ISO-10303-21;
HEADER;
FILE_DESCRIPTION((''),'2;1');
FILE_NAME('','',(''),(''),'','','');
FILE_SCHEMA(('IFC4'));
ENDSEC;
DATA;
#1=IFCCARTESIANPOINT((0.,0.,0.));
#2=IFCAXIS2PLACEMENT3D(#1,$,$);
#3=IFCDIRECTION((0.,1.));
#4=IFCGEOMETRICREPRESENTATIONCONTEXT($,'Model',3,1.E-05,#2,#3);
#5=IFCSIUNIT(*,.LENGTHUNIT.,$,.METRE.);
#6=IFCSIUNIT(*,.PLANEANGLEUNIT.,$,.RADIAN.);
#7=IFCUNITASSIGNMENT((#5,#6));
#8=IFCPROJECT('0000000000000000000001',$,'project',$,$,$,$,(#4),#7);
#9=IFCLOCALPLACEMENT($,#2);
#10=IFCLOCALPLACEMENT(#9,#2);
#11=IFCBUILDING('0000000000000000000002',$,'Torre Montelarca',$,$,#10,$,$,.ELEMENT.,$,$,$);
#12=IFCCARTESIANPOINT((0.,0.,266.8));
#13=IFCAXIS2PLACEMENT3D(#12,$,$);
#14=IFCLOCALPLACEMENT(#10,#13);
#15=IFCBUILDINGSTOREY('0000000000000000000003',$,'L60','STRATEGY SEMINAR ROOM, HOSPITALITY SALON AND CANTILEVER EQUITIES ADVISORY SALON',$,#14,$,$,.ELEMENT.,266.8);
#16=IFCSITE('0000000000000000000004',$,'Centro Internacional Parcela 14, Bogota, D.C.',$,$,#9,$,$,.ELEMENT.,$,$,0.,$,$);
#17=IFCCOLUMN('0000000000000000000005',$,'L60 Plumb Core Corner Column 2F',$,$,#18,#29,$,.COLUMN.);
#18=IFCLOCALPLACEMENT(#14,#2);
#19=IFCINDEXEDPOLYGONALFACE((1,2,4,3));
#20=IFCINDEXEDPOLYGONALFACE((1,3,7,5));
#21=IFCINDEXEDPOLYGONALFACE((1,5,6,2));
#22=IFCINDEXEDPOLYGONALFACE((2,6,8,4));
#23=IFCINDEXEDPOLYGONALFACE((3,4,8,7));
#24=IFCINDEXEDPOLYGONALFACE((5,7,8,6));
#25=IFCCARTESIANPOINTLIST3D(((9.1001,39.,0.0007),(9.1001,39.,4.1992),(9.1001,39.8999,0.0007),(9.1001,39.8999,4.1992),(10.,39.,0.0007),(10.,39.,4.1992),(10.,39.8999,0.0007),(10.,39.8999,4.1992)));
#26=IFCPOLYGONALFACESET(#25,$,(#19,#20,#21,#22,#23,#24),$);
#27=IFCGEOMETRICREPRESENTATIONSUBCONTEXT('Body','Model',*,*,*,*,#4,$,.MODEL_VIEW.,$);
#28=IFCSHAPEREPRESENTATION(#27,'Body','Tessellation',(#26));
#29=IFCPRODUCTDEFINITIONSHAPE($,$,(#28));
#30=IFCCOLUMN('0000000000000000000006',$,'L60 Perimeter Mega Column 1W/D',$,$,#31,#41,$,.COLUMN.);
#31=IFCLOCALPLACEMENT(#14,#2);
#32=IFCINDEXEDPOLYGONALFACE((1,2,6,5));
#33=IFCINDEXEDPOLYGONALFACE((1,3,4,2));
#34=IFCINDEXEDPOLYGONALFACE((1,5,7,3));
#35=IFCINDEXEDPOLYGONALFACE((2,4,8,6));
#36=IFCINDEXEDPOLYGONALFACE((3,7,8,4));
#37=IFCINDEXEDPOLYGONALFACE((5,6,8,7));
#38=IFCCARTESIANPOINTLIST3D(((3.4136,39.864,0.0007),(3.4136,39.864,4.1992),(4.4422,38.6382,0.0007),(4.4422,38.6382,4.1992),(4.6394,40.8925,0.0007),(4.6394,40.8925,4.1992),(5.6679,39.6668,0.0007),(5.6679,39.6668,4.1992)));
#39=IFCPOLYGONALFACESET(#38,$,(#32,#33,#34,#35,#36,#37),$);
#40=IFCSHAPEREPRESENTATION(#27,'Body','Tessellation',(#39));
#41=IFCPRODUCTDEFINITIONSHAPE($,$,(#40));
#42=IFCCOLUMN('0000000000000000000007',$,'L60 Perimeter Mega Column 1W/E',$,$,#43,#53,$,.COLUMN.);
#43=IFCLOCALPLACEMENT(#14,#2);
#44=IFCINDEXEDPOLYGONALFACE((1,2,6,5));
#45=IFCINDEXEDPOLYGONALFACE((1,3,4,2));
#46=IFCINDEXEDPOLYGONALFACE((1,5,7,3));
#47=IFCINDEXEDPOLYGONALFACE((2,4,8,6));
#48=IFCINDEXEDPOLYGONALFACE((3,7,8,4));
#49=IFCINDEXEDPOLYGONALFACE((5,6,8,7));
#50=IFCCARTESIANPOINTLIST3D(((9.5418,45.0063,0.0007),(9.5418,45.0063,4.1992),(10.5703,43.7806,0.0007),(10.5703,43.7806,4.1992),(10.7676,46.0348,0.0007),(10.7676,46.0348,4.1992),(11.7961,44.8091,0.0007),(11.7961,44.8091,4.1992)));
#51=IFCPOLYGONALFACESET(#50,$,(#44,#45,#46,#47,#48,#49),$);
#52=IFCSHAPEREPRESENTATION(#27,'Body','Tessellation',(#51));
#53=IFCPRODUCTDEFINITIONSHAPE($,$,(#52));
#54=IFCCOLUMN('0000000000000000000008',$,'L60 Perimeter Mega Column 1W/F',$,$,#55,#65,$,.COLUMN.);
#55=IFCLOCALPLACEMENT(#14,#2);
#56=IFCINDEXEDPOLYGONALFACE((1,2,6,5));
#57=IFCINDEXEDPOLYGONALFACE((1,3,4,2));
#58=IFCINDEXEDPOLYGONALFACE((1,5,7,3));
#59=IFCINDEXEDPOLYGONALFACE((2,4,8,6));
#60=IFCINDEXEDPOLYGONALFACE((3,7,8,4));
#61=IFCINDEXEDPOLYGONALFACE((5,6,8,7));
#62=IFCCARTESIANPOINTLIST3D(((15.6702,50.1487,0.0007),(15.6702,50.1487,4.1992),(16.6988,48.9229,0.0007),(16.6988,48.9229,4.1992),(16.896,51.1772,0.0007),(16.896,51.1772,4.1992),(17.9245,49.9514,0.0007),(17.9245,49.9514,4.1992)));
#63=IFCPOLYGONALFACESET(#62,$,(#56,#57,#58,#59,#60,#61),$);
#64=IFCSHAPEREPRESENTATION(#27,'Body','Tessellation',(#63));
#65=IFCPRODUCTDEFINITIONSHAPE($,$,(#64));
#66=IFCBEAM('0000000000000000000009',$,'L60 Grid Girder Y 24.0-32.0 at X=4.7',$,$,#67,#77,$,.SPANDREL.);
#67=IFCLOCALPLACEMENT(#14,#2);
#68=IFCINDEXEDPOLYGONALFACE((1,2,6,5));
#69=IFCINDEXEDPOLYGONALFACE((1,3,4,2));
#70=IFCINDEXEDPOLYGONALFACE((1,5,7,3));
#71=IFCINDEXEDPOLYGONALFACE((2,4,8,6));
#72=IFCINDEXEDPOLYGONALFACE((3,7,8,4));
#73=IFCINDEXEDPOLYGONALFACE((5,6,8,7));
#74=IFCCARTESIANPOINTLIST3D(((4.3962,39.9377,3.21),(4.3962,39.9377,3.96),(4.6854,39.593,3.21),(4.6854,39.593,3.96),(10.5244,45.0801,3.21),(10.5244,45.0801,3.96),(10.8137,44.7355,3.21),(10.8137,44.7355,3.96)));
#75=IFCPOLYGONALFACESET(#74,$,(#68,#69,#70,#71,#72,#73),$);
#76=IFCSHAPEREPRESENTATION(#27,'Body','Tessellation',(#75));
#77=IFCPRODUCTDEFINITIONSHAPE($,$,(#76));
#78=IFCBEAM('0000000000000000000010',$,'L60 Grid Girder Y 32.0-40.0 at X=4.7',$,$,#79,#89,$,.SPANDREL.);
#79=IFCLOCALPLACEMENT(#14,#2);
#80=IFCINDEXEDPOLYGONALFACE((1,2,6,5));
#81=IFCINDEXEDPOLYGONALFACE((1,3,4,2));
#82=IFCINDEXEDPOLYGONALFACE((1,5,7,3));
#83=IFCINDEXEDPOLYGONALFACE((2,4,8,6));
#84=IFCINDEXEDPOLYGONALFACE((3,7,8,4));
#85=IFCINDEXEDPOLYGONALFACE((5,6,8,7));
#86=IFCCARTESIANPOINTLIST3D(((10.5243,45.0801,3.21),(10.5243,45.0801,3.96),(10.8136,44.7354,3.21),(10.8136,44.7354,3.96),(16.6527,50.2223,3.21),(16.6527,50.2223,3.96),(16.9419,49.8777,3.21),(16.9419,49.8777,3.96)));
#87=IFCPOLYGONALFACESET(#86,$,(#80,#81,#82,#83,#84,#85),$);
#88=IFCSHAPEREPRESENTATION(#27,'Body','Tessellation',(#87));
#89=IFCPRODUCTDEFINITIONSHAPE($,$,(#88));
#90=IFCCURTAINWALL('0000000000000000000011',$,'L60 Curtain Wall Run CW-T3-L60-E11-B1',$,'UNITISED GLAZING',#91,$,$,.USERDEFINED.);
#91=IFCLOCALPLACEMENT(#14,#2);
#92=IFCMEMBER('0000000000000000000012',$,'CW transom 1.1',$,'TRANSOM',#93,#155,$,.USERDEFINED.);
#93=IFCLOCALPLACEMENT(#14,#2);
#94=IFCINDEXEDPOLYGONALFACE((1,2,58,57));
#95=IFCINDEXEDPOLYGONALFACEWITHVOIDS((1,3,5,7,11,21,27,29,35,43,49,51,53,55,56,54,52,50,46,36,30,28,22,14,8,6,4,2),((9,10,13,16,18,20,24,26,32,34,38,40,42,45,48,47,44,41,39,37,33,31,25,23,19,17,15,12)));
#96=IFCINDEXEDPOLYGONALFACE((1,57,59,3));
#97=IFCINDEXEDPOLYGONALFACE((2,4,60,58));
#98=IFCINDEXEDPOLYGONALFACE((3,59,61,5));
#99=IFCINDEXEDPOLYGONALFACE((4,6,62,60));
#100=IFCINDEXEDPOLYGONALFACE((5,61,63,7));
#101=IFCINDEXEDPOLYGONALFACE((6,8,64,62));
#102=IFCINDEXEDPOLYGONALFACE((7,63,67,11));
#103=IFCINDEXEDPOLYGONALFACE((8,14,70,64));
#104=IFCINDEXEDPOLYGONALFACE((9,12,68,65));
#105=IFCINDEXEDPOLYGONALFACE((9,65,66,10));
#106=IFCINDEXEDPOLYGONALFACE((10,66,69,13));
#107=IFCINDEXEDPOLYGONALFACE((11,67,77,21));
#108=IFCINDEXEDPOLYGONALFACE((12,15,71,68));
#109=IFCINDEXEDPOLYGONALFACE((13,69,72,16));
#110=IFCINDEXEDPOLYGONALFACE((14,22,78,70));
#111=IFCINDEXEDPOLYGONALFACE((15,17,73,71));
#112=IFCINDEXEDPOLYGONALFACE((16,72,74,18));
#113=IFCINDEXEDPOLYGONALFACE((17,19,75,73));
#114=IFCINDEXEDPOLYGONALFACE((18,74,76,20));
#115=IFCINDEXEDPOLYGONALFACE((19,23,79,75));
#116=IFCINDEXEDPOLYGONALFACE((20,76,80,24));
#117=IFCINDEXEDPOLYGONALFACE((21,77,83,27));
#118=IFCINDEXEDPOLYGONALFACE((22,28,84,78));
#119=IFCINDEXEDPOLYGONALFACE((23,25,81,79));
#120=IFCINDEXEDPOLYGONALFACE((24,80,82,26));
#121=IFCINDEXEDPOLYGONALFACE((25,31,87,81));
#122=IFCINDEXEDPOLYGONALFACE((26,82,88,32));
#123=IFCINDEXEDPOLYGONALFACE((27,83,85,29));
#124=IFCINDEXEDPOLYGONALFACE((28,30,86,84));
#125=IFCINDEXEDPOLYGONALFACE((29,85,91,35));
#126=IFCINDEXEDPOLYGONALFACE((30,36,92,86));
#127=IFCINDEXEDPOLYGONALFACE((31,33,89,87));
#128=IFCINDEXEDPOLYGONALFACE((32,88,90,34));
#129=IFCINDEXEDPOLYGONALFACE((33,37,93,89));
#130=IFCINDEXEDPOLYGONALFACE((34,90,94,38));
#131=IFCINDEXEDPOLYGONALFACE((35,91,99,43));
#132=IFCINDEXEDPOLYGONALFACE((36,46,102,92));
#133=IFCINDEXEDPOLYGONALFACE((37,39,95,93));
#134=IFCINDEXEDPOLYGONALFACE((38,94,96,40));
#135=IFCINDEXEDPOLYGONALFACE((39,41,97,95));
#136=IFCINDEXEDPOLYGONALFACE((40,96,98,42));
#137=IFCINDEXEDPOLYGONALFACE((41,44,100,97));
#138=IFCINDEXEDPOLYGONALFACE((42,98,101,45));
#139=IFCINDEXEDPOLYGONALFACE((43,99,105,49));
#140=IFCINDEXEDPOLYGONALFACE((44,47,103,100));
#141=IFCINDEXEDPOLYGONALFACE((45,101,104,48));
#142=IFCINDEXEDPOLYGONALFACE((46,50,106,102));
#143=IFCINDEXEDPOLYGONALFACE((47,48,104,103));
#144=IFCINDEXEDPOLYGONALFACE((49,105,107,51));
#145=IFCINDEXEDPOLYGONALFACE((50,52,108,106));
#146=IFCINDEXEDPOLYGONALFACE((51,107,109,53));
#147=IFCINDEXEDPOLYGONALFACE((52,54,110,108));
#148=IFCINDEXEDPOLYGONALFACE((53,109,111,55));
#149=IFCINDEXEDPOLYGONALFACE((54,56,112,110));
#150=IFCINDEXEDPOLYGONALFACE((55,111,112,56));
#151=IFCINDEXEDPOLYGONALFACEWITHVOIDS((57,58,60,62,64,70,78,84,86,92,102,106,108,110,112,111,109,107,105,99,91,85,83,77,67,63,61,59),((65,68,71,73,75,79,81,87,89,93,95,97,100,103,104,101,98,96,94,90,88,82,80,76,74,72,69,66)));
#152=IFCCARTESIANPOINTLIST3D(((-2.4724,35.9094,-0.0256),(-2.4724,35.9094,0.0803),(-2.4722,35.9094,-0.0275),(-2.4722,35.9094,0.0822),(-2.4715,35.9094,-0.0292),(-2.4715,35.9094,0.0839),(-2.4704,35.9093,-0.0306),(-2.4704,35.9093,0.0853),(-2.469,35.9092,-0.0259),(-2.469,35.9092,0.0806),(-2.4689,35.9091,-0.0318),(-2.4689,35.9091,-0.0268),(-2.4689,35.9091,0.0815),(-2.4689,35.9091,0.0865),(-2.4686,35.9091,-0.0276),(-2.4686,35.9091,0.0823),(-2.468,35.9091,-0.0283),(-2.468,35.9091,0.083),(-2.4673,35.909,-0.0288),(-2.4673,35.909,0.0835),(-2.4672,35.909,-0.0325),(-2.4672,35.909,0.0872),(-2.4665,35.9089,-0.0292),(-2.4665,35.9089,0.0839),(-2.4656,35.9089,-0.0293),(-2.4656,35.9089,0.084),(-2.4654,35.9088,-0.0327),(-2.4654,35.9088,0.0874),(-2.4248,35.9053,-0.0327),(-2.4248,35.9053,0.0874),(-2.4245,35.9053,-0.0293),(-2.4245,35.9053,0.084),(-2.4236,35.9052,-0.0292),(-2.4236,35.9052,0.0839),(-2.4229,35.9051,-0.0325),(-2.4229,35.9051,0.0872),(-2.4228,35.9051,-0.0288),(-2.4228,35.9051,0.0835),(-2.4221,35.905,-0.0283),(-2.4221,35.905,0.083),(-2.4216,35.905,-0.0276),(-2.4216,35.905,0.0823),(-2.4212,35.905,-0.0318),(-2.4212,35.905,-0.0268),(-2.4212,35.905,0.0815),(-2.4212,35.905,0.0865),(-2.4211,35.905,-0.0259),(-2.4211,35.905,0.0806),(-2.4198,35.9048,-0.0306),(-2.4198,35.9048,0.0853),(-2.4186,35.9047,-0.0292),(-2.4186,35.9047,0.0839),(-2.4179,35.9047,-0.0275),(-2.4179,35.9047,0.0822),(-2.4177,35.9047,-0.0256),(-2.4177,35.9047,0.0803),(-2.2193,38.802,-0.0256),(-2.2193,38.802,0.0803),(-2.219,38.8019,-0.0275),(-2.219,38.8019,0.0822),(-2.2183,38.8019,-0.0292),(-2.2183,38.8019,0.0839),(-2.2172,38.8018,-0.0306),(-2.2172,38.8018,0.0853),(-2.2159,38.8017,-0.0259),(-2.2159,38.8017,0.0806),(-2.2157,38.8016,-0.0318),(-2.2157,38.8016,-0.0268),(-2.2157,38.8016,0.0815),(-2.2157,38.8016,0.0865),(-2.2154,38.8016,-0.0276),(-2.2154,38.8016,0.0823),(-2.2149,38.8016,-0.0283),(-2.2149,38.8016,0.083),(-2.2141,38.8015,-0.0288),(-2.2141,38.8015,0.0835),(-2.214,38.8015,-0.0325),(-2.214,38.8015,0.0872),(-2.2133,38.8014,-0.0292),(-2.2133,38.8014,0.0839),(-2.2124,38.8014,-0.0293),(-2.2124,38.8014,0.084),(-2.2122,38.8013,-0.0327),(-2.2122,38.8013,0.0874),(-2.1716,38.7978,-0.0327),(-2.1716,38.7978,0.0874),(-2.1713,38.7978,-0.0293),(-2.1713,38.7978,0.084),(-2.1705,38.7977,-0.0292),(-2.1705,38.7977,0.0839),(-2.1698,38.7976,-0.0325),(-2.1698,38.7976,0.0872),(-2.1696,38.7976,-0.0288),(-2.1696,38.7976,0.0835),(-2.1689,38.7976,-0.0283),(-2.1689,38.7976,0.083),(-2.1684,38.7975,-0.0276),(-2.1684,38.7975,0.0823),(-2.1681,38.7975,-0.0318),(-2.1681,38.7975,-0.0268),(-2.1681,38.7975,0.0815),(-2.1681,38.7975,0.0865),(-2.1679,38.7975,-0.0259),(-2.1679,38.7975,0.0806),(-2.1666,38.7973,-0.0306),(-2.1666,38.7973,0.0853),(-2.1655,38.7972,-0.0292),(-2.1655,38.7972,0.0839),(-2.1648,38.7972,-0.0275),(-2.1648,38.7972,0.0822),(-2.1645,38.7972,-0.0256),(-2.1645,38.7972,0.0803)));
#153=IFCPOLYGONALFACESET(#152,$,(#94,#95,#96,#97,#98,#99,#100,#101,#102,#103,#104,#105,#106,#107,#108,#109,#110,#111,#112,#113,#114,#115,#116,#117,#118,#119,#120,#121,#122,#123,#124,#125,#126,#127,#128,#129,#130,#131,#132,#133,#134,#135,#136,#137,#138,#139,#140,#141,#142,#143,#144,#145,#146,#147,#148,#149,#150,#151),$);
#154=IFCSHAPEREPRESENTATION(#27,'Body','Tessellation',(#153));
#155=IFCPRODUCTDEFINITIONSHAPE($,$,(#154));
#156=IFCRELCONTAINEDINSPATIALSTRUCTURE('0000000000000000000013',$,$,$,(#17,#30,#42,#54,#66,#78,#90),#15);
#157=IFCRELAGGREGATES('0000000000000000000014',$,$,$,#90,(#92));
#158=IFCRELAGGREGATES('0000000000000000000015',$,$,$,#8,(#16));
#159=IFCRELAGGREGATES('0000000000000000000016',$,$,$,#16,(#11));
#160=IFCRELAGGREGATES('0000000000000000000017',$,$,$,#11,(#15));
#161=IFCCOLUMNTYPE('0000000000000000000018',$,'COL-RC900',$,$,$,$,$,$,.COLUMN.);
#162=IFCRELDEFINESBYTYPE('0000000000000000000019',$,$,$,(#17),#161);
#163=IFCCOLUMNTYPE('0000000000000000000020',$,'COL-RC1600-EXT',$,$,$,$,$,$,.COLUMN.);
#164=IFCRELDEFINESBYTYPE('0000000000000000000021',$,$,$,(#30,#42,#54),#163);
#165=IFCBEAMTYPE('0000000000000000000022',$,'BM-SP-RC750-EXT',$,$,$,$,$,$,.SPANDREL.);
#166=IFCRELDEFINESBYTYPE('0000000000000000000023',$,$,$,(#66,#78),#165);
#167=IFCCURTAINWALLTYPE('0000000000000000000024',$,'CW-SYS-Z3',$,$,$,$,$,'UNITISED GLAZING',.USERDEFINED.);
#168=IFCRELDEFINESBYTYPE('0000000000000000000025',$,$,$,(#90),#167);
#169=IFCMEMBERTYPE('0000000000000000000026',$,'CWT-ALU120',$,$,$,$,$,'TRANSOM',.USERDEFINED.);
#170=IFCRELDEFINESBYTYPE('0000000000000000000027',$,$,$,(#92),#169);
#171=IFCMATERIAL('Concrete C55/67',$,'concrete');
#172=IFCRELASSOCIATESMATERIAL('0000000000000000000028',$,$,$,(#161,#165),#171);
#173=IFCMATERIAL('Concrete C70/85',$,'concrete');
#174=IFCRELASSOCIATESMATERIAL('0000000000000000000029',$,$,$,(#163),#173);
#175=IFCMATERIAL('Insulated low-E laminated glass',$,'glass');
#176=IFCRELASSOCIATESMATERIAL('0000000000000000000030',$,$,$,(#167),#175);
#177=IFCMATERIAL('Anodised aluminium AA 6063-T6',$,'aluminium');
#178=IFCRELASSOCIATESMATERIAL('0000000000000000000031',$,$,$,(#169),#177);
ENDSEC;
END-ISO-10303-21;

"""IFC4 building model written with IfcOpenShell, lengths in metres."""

from ifc_helpers import new_model, si_unit, direction, frame, origin, origin_2d, place, context, subcontext, project, spatial, rectangle, hollow_rectangle, extrude, source, transform, mapped, material, material_profile, profile_set, type_object, element, aggregate, save


model = new_model("IFC4")

# Units and contexts
model_context = context("Model", 3, precision=1e-05, world=origin(), true_north=direction((0.0, 1.0)))
body_context = subcontext(model_context, "Body", "Model", "MODEL_VIEW")
ifc_project = project(units=[si_unit("LENGTHUNIT", "METRE"), si_unit("PLANEANGLEUNIT", "RADIAN")], contexts=[model_context])

# Site, building, storey
site_placement = place(None, origin())
site = spatial("IfcSite", under=ifc_project, at=site_placement, Name="Centro Internacional Parcela 14, Bogota, D.C.", CompositionType="ELEMENT", RefElevation=0.0)
building_placement = place(site_placement, origin())
building = spatial("IfcBuilding", under=site, at=building_placement, Name="Torre Montelarca", CompositionType="ELEMENT")
storey_placement = place(building_placement, frame((0.0, 0.0, 266.8)))
storey = spatial("IfcBuildingStorey", under=building, at=storey_placement, Name="L60", Description="STRATEGY SEMINAR ROOM, HOSPITALITY SALON AND CANTILEVER EQUITIES ADVISORY SALON", CompositionType="ELEMENT", Elevation=266.8)

# Columns
ifc_material_1 = material(Name="Concrete C55/67", Category="concrete")
ifc_material_profile_1 = material_profile(ifc_material_1, rectangle(XDim=0.8999, YDim=0.8999, at=origin_2d()), Name="RC900X900", Category="concrete")
ifc_profile_set_1 = profile_set([ifc_material_profile_1], Name="Concrete C55/67")
column_type_1 = type_object("IfcColumnType", Name="COL-RC900", PredefinedType="COLUMN", material=ifc_profile_set_1)
shared_shape_1 = source(origin(), body_context, "Body", "SweptSolid", [
    extrude(rectangle(XDim=0.8999, YDim=0.8999, at=origin_2d()), origin(), (0.0, 0.0, 1.0), 4.1985),
])
column_placement = place(storey_placement, frame((9.55, 39.45, 0.0007), z_axis=(0.0, 0.0, 1.0), x_axis=(1.0, 0.0, 0.0)))
element("IfcColumn", 1, at=column_placement, inside=storey, type_object=column_type_1, Name="L60 Plumb Core Corner Column 2F", PredefinedType="COLUMN", context=body_context, shape_type="MappedRepresentation", body=[
    mapped(shared_shape_1, transform((0.0, 0.0, 0.0), scale=1.0)),
])
ifc_material_2 = material(Name="Concrete C70/85", Category="concrete")
ifc_material_profile_2 = material_profile(ifc_material_2, rectangle(XDim=1.6001, YDim=1.6001, at=origin_2d()), Name="RC1600X1600", Category="concrete")
ifc_profile_set_2 = profile_set([ifc_material_profile_2], Name="Concrete C70/85")
column_type_2 = type_object("IfcColumnType", Name="COL-RC1600-EXT", PredefinedType="COLUMN", material=ifc_profile_set_2)
shared_shape_2 = source(origin(), body_context, "Body", "SweptSolid", [
    extrude(rectangle(XDim=1.6001, YDim=1.6001, at=origin_2d()), origin(), (0.0, 0.0, 1.0), 4.1985),
])
for number, where, z_axis, x_axis, name in (
    (2, (4.5408, 39.7654, 0.0007), (0.0, 0.0, 1.0), (-0.642788, 0.766044, 0.0), "L60 Perimeter Mega Column 1W/D"),
    (3, (10.6689, 44.9077, 0.0007), (0.0, 0.0, 1.0), (-0.642788, 0.766044, 0.0), "L60 Perimeter Mega Column 1W/E"),
    (4, (16.7974, 50.05, 0.0007), (0.0, 0.0, 1.0), (-0.642788, 0.766044, 0.0), "L60 Perimeter Mega Column 1W/F"),
):
    element("IfcColumn", number, at=place(storey_placement, frame(where, z_axis=z_axis, x_axis=x_axis)), inside=storey, type_object=column_type_2, Name=name, PredefinedType="COLUMN", context=body_context, shape_type="MappedRepresentation", body=[
        mapped(shared_shape_2, transform((0.0, 0.0, 0.0), scale=1.0)),
    ])

# Beams
ifc_material_profile_3 = material_profile(ifc_material_1, rectangle(XDim=0.45, YDim=0.75, at=origin_2d()), Name="RCB450X750", Category="concrete")
ifc_profile_set_3 = profile_set([ifc_material_profile_3], Name="Concrete C55/67")
beam_type = type_object("IfcBeamType", Name="BM-SP-RC750-EXT", PredefinedType="SPANDREL", material=ifc_profile_set_3)
shared_shape_3 = source(origin(), body_context, "Body", "SweptSolid", [
    extrude(rectangle(XDim=0.45, YDim=0.75, at=origin_2d()), origin(), (0.0, 0.0, 1.0), 8.0),
])
for number, where, z_axis, x_axis, name in (
    (5, (4.5408, 39.7654, 3.585), (0.766033, 0.642801, 0.0), (-0.642801, 0.766033, 0.0), "L60 Grid Girder Y 24.0-32.0 at X=4.7"),
    (6, (10.6689, 44.9077, 3.585), (0.766046, 0.642786, 0.0), (-0.642786, 0.766046, 0.0), "L60 Grid Girder Y 32.0-40.0 at X=4.7"),
):
    element("IfcBeam", number, at=place(storey_placement, frame(where, z_axis=z_axis, x_axis=x_axis)), inside=storey, type_object=beam_type, Name=name, PredefinedType="SPANDREL", context=body_context, shape_type="MappedRepresentation", body=[
        mapped(shared_shape_3, transform((0.0, 0.0, 0.0), scale=1.0)),
    ])

# Curtain wall, member
ifc_material_3 = material(Name="Insulated low-E laminated glass", Category="glass")
curtain_wall_type = type_object("IfcCurtainWallType", Name="CW-SYS-Z3", ElementType="UNITISED GLAZING", PredefinedType="USERDEFINED", material=ifc_material_3)
curtain_wall_1_placement = place(storey_placement, origin())
curtain_wall_1 = element("IfcCurtainWall", 7, at=curtain_wall_1_placement, inside=storey, type_object=curtain_wall_type, Name="L60 Curtain Wall Run CW-T3-L60-E11-B1", ObjectType="UNITISED GLAZING", PredefinedType="USERDEFINED")
ifc_material_4 = material(Name="Anodised aluminium AA 6063-T6", Category="aluminium")
ifc_material_profile_4 = material_profile(ifc_material_4, hollow_rectangle(XDim=0.0549, YDim=0.1201, WallThickness=0.0034, InnerFilletRadius=0.0034, OuterFilletRadius=0.0071, at=origin_2d()), Name="ALU55X120X3.5", Category="aluminium")
ifc_profile_set_4 = profile_set([ifc_material_profile_4], Name="Anodised aluminium AA 6063-T6")
member_type_1 = type_object("IfcMemberType", Name="CWT-ALU120", ElementType="TRANSOM", PredefinedType="USERDEFINED", material=ifc_profile_set_4)
shared_shape_4 = source(origin(), body_context, "Body", "SweptSolid", [
    extrude(hollow_rectangle(XDim=0.0549, YDim=0.1201, WallThickness=0.0034, InnerFilletRadius=0.0034, OuterFilletRadius=0.0071, at=origin_2d()), origin(), (0.0, 0.0, 1.0), 2.9036),
])
member_1_placement = place(storey_placement, frame((-2.1919, 38.7996, 0.0273), z_axis=(-0.087192, -0.996192, 0.0), x_axis=(0.996192, -0.087192, 0.0)))
member_1 = element("IfcMember", 8, at=member_1_placement, type_object=member_type_1, Name="CW transom 1.1", ObjectType="TRANSOM", PredefinedType="USERDEFINED", context=body_context, shape_type="MappedRepresentation", body=[
    mapped(shared_shape_4, transform((0.0, 0.0, 0.0), scale=1.0)),
])

aggregate(curtain_wall_1, [member_1])

save(model, "model.ifc")
